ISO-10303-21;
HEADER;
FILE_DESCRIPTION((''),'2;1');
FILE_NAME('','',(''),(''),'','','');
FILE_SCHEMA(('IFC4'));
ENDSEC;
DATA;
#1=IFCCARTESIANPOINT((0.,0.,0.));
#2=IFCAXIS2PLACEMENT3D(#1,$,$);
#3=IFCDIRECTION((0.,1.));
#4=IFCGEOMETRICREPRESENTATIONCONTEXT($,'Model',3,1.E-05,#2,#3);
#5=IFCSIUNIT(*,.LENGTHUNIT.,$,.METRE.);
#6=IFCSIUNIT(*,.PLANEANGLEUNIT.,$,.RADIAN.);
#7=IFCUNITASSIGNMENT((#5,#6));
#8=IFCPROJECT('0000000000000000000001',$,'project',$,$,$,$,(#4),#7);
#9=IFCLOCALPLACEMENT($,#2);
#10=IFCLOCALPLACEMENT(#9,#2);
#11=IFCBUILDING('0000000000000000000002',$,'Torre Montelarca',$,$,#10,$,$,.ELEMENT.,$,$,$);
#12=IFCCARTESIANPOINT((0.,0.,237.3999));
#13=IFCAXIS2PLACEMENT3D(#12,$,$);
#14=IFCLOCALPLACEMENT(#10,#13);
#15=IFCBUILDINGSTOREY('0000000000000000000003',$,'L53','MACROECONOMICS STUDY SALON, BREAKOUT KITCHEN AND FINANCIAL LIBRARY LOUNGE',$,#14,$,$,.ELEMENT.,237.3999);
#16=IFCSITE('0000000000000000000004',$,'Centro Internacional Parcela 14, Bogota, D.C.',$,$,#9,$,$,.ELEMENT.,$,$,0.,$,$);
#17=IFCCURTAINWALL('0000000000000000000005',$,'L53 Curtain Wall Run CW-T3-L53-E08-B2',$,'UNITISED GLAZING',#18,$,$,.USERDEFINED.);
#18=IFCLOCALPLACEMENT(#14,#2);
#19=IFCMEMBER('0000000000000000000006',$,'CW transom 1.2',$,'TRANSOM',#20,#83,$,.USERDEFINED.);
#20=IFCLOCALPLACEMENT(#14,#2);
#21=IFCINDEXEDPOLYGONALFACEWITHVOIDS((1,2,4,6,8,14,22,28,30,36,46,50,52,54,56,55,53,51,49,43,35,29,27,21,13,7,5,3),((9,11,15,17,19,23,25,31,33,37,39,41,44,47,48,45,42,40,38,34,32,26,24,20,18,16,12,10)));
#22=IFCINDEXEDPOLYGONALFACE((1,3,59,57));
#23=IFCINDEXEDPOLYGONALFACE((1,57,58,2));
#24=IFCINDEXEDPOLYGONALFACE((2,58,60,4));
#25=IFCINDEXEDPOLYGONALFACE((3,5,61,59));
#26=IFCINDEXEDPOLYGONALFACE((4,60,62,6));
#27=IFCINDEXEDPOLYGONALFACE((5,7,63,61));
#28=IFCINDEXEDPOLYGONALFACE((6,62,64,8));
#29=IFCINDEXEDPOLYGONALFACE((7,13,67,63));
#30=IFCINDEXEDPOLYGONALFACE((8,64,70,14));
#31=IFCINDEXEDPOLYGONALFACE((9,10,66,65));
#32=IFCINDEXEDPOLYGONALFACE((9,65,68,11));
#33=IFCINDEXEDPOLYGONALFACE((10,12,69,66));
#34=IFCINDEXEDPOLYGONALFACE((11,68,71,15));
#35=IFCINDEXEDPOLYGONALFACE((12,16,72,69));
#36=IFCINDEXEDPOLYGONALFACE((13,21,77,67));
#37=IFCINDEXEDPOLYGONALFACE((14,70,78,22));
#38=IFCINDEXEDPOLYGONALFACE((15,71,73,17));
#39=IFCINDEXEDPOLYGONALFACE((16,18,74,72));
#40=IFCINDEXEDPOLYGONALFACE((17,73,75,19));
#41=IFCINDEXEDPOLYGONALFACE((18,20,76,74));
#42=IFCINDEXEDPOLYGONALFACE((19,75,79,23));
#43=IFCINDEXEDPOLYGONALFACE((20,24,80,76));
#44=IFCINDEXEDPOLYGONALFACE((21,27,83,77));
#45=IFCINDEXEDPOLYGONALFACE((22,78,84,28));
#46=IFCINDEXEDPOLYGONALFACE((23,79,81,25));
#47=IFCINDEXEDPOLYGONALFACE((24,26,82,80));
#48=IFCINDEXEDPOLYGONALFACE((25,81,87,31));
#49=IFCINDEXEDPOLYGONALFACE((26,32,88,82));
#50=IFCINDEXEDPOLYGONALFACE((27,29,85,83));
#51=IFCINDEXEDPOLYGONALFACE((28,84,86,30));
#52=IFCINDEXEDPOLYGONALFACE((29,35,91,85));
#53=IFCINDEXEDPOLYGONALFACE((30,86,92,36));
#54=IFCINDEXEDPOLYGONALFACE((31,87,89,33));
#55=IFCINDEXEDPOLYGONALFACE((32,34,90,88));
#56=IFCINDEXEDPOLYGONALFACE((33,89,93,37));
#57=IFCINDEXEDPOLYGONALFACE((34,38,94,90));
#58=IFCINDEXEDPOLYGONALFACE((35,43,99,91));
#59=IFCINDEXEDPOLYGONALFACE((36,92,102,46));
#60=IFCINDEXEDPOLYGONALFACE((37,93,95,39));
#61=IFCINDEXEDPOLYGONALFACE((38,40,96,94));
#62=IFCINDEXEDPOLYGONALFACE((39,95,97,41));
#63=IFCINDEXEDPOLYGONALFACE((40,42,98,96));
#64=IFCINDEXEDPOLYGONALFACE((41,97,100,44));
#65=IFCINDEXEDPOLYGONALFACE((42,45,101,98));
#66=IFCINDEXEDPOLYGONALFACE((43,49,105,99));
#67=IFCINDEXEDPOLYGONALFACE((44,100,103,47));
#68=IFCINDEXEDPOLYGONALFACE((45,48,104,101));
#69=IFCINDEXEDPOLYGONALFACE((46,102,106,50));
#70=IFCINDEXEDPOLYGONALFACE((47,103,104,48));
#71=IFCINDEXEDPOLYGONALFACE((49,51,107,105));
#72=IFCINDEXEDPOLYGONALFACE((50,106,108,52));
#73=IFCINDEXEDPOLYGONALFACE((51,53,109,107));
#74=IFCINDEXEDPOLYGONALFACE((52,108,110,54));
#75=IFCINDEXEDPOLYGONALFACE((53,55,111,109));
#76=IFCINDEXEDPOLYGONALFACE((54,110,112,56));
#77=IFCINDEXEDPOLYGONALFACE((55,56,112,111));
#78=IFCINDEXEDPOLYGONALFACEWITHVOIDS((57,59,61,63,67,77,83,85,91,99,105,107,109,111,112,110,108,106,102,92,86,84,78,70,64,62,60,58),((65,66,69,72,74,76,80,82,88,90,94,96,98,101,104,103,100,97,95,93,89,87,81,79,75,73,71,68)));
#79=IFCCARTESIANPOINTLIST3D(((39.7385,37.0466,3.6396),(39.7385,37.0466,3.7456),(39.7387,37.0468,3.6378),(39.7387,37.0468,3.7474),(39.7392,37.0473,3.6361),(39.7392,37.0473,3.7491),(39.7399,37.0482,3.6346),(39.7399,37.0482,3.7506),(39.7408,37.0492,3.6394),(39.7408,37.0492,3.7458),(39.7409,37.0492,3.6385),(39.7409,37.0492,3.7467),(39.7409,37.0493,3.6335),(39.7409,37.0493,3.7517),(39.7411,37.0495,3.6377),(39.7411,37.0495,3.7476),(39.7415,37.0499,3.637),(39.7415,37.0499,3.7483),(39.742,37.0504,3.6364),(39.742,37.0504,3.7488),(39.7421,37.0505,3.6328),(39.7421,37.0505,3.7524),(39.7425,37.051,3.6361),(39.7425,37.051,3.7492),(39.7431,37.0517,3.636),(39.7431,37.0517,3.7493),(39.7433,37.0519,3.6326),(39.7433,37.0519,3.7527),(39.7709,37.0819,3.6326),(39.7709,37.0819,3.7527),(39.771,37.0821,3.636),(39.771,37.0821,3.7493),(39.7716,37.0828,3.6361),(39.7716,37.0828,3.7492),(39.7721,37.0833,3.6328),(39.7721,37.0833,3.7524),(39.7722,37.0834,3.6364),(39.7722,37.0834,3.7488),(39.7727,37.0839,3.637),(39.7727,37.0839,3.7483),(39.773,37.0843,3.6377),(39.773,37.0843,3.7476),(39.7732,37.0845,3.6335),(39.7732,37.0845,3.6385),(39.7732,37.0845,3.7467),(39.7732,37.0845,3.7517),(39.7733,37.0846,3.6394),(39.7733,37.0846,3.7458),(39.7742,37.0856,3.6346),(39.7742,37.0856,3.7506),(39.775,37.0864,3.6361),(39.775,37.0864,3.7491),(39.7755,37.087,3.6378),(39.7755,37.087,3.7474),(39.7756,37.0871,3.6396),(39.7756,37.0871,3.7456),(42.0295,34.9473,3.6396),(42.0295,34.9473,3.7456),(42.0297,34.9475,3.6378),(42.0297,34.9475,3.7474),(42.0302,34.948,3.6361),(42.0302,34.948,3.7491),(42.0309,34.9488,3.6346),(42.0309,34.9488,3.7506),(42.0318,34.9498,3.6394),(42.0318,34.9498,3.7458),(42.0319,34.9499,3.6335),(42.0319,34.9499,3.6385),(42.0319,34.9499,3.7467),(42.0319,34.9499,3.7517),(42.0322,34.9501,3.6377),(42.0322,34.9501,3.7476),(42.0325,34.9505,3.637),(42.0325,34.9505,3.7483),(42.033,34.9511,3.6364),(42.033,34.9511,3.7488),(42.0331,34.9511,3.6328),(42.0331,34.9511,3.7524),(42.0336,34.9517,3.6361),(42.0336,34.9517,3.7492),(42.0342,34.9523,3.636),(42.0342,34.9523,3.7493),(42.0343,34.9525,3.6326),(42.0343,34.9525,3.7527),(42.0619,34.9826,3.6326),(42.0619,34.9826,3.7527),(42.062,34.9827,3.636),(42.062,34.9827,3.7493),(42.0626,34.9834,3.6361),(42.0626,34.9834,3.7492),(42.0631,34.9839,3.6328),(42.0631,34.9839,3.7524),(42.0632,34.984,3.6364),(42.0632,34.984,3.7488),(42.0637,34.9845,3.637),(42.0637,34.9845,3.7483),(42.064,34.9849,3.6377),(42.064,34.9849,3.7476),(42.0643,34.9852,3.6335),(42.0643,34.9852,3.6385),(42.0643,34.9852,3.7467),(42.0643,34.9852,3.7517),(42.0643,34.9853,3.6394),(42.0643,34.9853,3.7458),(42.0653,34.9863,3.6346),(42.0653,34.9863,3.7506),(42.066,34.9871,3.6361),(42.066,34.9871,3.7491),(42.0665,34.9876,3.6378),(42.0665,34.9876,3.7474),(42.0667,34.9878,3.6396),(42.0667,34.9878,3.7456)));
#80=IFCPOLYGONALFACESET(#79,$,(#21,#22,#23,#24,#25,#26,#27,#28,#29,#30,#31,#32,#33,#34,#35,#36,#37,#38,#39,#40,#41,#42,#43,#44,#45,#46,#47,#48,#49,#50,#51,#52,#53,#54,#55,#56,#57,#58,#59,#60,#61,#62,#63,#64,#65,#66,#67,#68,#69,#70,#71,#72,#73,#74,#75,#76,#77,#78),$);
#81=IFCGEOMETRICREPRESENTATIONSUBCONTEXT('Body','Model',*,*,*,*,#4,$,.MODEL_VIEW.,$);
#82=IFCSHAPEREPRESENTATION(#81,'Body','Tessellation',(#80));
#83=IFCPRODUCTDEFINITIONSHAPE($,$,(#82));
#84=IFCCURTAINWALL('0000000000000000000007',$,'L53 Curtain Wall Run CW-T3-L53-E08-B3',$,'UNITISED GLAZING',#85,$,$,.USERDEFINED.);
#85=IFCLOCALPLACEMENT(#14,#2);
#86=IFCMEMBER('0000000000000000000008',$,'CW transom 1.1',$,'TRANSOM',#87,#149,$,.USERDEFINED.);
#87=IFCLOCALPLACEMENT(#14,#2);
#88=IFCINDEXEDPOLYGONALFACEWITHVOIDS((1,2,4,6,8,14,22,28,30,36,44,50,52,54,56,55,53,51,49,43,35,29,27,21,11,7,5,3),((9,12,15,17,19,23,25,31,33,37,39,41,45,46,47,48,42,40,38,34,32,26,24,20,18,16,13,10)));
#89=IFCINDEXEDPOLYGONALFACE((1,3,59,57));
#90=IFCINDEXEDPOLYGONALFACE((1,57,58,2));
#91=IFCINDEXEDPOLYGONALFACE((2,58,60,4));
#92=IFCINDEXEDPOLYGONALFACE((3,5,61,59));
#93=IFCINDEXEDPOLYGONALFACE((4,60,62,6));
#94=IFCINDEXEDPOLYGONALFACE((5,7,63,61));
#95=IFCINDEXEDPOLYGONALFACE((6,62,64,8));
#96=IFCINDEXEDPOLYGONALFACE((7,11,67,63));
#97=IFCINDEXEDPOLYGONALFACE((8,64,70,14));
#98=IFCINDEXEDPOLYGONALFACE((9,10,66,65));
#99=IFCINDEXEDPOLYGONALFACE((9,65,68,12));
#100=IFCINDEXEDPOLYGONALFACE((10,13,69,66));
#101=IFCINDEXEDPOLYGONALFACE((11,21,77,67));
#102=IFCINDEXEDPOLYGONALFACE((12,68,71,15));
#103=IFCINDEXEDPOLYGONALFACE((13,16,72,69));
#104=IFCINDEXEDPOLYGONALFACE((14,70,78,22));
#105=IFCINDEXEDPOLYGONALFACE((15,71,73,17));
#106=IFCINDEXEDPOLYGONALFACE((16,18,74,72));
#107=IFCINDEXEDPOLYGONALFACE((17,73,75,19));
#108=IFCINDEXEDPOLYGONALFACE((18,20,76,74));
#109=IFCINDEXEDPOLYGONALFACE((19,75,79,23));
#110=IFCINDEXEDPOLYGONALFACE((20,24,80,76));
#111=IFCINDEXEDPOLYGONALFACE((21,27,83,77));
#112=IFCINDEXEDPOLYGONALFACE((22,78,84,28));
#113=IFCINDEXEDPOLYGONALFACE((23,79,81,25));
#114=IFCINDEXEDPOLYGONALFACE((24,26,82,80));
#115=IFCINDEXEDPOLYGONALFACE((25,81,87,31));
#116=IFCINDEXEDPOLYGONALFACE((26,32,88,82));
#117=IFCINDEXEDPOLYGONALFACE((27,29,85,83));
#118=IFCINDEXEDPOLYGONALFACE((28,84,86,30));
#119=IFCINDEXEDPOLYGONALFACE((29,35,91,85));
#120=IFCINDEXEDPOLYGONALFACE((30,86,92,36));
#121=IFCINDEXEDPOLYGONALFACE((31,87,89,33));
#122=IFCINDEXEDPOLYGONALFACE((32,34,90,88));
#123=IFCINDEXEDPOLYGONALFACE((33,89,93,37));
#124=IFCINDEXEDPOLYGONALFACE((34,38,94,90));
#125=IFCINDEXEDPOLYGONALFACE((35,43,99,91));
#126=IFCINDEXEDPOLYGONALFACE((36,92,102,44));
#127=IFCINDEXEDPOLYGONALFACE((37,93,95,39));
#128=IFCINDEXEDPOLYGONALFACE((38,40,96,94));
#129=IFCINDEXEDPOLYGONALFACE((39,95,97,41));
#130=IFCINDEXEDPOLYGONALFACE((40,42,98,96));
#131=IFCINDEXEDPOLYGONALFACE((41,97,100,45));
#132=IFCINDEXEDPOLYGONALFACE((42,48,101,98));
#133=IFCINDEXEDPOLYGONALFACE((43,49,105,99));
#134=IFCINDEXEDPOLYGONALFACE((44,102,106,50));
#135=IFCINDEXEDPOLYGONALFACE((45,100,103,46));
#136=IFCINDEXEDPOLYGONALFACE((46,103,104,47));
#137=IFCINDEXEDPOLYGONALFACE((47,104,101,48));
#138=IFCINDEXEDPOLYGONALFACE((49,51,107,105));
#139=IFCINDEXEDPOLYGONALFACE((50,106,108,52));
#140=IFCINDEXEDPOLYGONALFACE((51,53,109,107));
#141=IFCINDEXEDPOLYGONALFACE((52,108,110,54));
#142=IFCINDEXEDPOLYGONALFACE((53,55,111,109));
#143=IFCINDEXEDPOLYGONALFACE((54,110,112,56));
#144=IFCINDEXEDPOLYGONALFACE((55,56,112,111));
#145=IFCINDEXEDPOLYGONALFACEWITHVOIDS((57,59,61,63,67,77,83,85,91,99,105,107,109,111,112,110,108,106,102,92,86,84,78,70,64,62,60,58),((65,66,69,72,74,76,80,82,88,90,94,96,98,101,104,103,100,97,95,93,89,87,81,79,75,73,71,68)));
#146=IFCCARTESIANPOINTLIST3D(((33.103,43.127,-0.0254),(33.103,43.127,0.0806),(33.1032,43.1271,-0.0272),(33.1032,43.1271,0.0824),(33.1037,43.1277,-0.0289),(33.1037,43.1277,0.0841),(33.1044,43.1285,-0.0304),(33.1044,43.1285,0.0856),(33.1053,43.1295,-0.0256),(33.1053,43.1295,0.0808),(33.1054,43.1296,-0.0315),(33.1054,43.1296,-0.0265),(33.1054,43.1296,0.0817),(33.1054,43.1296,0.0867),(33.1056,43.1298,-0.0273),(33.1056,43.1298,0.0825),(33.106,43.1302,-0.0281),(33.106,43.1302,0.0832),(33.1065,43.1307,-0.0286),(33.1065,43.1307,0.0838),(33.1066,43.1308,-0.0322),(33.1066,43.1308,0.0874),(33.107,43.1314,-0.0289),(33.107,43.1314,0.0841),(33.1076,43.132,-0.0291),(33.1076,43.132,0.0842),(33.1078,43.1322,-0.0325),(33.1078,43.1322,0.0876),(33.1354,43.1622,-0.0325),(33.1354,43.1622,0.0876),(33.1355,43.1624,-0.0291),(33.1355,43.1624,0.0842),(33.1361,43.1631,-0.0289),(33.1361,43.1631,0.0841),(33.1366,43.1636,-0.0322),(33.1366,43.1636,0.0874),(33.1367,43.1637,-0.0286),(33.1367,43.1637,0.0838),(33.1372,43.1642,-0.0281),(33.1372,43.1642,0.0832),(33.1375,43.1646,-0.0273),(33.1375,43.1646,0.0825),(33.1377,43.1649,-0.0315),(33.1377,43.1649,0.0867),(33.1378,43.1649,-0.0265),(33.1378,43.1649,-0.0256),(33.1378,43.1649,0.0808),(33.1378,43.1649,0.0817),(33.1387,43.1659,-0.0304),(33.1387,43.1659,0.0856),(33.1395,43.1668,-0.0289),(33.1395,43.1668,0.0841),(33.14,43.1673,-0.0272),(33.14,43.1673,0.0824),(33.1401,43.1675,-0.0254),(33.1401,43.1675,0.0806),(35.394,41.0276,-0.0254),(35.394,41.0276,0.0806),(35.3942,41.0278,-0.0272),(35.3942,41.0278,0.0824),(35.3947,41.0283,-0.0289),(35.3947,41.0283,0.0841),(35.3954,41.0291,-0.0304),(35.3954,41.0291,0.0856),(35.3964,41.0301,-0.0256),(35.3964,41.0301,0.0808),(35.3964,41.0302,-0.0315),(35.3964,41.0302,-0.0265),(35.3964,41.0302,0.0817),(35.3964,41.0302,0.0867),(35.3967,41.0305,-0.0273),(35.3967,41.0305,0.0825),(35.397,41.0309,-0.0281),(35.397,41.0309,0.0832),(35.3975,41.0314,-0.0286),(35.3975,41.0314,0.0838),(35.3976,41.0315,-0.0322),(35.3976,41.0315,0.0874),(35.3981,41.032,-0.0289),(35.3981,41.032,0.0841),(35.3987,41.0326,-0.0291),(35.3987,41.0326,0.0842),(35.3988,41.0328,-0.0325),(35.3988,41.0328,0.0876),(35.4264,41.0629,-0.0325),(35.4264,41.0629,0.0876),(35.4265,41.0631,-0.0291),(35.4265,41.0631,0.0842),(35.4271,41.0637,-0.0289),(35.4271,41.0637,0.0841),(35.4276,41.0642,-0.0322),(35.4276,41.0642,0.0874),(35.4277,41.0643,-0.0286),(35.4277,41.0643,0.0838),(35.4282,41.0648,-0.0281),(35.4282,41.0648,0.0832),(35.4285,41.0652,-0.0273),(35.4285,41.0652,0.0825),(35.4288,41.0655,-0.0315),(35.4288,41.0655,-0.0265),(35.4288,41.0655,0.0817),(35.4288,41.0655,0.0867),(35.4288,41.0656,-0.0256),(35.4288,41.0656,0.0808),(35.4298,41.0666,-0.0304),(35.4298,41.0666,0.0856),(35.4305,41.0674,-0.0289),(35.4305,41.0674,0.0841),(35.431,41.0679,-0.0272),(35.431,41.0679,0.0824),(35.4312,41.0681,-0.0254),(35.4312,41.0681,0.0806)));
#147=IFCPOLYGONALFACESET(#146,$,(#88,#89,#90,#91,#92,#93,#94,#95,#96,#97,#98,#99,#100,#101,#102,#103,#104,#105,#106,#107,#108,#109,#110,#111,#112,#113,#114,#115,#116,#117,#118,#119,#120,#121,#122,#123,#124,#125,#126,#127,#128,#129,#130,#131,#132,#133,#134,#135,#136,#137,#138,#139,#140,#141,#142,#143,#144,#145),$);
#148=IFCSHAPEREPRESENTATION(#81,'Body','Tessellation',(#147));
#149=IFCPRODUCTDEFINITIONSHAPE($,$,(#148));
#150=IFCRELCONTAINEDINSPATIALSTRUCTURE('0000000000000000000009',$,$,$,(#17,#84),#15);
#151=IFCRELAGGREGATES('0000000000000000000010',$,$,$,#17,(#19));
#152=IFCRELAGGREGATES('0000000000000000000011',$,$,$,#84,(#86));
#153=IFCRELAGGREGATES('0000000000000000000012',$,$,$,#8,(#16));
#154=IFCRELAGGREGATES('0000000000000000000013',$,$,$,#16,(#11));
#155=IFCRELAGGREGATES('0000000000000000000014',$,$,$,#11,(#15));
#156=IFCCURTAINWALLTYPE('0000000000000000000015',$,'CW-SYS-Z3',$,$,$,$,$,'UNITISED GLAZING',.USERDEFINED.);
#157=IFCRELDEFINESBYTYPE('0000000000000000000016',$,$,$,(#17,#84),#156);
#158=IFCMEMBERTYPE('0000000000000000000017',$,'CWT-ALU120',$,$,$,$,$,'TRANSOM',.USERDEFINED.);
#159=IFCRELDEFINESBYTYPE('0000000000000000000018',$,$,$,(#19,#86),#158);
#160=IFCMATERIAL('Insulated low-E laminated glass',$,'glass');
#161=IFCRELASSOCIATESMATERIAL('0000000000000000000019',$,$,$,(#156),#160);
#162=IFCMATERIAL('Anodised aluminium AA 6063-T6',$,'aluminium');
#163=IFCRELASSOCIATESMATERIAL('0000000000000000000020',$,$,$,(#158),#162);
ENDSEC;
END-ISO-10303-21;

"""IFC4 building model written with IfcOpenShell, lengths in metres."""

from ifc_helpers import new_model, si_unit, direction, frame, origin, origin_2d, place, context, subcontext, project, spatial, hollow_rectangle, extrude, source, transform, mapped, material, material_profile, profile_set, type_object, element, aggregate, save


model = new_model("IFC4")

# Units and contexts
model_context = context("Model", 3, precision=1e-05, world=origin(), true_north=direction((0.0, 1.0)))
body_context = subcontext(model_context, "Body", "Model", "MODEL_VIEW")
ifc_project = project(units=[si_unit("LENGTHUNIT", "METRE"), si_unit("PLANEANGLEUNIT", "RADIAN")], contexts=[model_context])

# Site, building, storey
site_placement = place(None, origin())
site = spatial("IfcSite", under=ifc_project, at=site_placement, Name="Centro Internacional Parcela 14, Bogota, D.C.", CompositionType="ELEMENT", RefElevation=0.0)
building_placement = place(site_placement, origin())
building = spatial("IfcBuilding", under=site, at=building_placement, Name="Torre Montelarca", CompositionType="ELEMENT")
storey_placement = place(building_placement, frame((0.0, 0.0, 237.3999)))
storey = spatial("IfcBuildingStorey", under=building, at=storey_placement, Name="L53", Description="MACROECONOMICS STUDY SALON, BREAKOUT KITCHEN AND FINANCIAL LIBRARY LOUNGE", CompositionType="ELEMENT", Elevation=237.3999)

# Curtain walls, members
ifc_material_1 = material(Name="Insulated low-E laminated glass", Category="glass")
curtain_wall_type = type_object("IfcCurtainWallType", Name="CW-SYS-Z3", ElementType="UNITISED GLAZING", PredefinedType="USERDEFINED", material=ifc_material_1)
curtain_wall_1_placement = place(storey_placement, origin())
curtain_wall_1 = element("IfcCurtainWall", 1, at=curtain_wall_1_placement, inside=storey, type_object=curtain_wall_type, Name="L53 Curtain Wall Run CW-T3-L53-E08-B2", ObjectType="UNITISED GLAZING", PredefinedType="USERDEFINED")
ifc_material_2 = material(Name="Anodised aluminium AA 6063-T6", Category="aluminium")
ifc_material_profile_1 = material_profile(ifc_material_2, hollow_rectangle(XDim=0.0549, YDim=0.1201, WallThickness=0.0034, InnerFilletRadius=0.0034, OuterFilletRadius=0.0071, at=origin_2d()), Name="ALU55X120X3.5", Category="aluminium")
ifc_profile_set_1 = profile_set([ifc_material_profile_1], Name="Anodised aluminium AA 6063-T6")
member_type_1 = type_object("IfcMemberType", Name="CWT-ALU120", ElementType="TRANSOM", PredefinedType="USERDEFINED", material=ifc_profile_set_1)
shared_shape_1 = source(origin(), body_context, "Body", "SweptSolid", [
    extrude(hollow_rectangle(XDim=0.0549, YDim=0.1201, WallThickness=0.0034, InnerFilletRadius=0.0034, OuterFilletRadius=0.0071, at=origin_2d()), origin(), (0.0, 0.0, 1.0), 3.1074),
])
member_1_placement = place(storey_placement, frame((42.0481, 34.9675, 3.6926), z_axis=(-0.737272, 0.675597, 0.0), x_axis=(-0.675597, -0.737272, 0.0)))
member_1 = element("IfcMember", 2, at=member_1_placement, type_object=member_type_1, Name="CW transom 1.2", ObjectType="TRANSOM", PredefinedType="USERDEFINED", context=body_context, shape_type="MappedRepresentation", body=[
    mapped(shared_shape_1, transform((0.0, 0.0, 0.0), scale=1.0)),
])
curtain_wall_2_placement = place(storey_placement, origin())
curtain_wall_2 = element("IfcCurtainWall", 3, at=curtain_wall_2_placement, inside=storey, type_object=curtain_wall_type, Name="L53 Curtain Wall Run CW-T3-L53-E08-B3", ObjectType="UNITISED GLAZING", PredefinedType="USERDEFINED")
member_2_placement = place(storey_placement, frame((35.4126, 41.0479, 0.0276), z_axis=(-0.737272, 0.675597, 0.0), x_axis=(-0.675597, -0.737272, 0.0)))
member_2 = element("IfcMember", 4, at=member_2_placement, type_object=member_type_1, Name="CW transom 1.1", ObjectType="TRANSOM", PredefinedType="USERDEFINED", context=body_context, shape_type="MappedRepresentation", body=[
    mapped(shared_shape_1, transform((0.0, 0.0, 0.0), scale=1.0)),
])

aggregate(curtain_wall_1, [member_1])
aggregate(curtain_wall_2, [member_2])

save(model, "model.ifc")
